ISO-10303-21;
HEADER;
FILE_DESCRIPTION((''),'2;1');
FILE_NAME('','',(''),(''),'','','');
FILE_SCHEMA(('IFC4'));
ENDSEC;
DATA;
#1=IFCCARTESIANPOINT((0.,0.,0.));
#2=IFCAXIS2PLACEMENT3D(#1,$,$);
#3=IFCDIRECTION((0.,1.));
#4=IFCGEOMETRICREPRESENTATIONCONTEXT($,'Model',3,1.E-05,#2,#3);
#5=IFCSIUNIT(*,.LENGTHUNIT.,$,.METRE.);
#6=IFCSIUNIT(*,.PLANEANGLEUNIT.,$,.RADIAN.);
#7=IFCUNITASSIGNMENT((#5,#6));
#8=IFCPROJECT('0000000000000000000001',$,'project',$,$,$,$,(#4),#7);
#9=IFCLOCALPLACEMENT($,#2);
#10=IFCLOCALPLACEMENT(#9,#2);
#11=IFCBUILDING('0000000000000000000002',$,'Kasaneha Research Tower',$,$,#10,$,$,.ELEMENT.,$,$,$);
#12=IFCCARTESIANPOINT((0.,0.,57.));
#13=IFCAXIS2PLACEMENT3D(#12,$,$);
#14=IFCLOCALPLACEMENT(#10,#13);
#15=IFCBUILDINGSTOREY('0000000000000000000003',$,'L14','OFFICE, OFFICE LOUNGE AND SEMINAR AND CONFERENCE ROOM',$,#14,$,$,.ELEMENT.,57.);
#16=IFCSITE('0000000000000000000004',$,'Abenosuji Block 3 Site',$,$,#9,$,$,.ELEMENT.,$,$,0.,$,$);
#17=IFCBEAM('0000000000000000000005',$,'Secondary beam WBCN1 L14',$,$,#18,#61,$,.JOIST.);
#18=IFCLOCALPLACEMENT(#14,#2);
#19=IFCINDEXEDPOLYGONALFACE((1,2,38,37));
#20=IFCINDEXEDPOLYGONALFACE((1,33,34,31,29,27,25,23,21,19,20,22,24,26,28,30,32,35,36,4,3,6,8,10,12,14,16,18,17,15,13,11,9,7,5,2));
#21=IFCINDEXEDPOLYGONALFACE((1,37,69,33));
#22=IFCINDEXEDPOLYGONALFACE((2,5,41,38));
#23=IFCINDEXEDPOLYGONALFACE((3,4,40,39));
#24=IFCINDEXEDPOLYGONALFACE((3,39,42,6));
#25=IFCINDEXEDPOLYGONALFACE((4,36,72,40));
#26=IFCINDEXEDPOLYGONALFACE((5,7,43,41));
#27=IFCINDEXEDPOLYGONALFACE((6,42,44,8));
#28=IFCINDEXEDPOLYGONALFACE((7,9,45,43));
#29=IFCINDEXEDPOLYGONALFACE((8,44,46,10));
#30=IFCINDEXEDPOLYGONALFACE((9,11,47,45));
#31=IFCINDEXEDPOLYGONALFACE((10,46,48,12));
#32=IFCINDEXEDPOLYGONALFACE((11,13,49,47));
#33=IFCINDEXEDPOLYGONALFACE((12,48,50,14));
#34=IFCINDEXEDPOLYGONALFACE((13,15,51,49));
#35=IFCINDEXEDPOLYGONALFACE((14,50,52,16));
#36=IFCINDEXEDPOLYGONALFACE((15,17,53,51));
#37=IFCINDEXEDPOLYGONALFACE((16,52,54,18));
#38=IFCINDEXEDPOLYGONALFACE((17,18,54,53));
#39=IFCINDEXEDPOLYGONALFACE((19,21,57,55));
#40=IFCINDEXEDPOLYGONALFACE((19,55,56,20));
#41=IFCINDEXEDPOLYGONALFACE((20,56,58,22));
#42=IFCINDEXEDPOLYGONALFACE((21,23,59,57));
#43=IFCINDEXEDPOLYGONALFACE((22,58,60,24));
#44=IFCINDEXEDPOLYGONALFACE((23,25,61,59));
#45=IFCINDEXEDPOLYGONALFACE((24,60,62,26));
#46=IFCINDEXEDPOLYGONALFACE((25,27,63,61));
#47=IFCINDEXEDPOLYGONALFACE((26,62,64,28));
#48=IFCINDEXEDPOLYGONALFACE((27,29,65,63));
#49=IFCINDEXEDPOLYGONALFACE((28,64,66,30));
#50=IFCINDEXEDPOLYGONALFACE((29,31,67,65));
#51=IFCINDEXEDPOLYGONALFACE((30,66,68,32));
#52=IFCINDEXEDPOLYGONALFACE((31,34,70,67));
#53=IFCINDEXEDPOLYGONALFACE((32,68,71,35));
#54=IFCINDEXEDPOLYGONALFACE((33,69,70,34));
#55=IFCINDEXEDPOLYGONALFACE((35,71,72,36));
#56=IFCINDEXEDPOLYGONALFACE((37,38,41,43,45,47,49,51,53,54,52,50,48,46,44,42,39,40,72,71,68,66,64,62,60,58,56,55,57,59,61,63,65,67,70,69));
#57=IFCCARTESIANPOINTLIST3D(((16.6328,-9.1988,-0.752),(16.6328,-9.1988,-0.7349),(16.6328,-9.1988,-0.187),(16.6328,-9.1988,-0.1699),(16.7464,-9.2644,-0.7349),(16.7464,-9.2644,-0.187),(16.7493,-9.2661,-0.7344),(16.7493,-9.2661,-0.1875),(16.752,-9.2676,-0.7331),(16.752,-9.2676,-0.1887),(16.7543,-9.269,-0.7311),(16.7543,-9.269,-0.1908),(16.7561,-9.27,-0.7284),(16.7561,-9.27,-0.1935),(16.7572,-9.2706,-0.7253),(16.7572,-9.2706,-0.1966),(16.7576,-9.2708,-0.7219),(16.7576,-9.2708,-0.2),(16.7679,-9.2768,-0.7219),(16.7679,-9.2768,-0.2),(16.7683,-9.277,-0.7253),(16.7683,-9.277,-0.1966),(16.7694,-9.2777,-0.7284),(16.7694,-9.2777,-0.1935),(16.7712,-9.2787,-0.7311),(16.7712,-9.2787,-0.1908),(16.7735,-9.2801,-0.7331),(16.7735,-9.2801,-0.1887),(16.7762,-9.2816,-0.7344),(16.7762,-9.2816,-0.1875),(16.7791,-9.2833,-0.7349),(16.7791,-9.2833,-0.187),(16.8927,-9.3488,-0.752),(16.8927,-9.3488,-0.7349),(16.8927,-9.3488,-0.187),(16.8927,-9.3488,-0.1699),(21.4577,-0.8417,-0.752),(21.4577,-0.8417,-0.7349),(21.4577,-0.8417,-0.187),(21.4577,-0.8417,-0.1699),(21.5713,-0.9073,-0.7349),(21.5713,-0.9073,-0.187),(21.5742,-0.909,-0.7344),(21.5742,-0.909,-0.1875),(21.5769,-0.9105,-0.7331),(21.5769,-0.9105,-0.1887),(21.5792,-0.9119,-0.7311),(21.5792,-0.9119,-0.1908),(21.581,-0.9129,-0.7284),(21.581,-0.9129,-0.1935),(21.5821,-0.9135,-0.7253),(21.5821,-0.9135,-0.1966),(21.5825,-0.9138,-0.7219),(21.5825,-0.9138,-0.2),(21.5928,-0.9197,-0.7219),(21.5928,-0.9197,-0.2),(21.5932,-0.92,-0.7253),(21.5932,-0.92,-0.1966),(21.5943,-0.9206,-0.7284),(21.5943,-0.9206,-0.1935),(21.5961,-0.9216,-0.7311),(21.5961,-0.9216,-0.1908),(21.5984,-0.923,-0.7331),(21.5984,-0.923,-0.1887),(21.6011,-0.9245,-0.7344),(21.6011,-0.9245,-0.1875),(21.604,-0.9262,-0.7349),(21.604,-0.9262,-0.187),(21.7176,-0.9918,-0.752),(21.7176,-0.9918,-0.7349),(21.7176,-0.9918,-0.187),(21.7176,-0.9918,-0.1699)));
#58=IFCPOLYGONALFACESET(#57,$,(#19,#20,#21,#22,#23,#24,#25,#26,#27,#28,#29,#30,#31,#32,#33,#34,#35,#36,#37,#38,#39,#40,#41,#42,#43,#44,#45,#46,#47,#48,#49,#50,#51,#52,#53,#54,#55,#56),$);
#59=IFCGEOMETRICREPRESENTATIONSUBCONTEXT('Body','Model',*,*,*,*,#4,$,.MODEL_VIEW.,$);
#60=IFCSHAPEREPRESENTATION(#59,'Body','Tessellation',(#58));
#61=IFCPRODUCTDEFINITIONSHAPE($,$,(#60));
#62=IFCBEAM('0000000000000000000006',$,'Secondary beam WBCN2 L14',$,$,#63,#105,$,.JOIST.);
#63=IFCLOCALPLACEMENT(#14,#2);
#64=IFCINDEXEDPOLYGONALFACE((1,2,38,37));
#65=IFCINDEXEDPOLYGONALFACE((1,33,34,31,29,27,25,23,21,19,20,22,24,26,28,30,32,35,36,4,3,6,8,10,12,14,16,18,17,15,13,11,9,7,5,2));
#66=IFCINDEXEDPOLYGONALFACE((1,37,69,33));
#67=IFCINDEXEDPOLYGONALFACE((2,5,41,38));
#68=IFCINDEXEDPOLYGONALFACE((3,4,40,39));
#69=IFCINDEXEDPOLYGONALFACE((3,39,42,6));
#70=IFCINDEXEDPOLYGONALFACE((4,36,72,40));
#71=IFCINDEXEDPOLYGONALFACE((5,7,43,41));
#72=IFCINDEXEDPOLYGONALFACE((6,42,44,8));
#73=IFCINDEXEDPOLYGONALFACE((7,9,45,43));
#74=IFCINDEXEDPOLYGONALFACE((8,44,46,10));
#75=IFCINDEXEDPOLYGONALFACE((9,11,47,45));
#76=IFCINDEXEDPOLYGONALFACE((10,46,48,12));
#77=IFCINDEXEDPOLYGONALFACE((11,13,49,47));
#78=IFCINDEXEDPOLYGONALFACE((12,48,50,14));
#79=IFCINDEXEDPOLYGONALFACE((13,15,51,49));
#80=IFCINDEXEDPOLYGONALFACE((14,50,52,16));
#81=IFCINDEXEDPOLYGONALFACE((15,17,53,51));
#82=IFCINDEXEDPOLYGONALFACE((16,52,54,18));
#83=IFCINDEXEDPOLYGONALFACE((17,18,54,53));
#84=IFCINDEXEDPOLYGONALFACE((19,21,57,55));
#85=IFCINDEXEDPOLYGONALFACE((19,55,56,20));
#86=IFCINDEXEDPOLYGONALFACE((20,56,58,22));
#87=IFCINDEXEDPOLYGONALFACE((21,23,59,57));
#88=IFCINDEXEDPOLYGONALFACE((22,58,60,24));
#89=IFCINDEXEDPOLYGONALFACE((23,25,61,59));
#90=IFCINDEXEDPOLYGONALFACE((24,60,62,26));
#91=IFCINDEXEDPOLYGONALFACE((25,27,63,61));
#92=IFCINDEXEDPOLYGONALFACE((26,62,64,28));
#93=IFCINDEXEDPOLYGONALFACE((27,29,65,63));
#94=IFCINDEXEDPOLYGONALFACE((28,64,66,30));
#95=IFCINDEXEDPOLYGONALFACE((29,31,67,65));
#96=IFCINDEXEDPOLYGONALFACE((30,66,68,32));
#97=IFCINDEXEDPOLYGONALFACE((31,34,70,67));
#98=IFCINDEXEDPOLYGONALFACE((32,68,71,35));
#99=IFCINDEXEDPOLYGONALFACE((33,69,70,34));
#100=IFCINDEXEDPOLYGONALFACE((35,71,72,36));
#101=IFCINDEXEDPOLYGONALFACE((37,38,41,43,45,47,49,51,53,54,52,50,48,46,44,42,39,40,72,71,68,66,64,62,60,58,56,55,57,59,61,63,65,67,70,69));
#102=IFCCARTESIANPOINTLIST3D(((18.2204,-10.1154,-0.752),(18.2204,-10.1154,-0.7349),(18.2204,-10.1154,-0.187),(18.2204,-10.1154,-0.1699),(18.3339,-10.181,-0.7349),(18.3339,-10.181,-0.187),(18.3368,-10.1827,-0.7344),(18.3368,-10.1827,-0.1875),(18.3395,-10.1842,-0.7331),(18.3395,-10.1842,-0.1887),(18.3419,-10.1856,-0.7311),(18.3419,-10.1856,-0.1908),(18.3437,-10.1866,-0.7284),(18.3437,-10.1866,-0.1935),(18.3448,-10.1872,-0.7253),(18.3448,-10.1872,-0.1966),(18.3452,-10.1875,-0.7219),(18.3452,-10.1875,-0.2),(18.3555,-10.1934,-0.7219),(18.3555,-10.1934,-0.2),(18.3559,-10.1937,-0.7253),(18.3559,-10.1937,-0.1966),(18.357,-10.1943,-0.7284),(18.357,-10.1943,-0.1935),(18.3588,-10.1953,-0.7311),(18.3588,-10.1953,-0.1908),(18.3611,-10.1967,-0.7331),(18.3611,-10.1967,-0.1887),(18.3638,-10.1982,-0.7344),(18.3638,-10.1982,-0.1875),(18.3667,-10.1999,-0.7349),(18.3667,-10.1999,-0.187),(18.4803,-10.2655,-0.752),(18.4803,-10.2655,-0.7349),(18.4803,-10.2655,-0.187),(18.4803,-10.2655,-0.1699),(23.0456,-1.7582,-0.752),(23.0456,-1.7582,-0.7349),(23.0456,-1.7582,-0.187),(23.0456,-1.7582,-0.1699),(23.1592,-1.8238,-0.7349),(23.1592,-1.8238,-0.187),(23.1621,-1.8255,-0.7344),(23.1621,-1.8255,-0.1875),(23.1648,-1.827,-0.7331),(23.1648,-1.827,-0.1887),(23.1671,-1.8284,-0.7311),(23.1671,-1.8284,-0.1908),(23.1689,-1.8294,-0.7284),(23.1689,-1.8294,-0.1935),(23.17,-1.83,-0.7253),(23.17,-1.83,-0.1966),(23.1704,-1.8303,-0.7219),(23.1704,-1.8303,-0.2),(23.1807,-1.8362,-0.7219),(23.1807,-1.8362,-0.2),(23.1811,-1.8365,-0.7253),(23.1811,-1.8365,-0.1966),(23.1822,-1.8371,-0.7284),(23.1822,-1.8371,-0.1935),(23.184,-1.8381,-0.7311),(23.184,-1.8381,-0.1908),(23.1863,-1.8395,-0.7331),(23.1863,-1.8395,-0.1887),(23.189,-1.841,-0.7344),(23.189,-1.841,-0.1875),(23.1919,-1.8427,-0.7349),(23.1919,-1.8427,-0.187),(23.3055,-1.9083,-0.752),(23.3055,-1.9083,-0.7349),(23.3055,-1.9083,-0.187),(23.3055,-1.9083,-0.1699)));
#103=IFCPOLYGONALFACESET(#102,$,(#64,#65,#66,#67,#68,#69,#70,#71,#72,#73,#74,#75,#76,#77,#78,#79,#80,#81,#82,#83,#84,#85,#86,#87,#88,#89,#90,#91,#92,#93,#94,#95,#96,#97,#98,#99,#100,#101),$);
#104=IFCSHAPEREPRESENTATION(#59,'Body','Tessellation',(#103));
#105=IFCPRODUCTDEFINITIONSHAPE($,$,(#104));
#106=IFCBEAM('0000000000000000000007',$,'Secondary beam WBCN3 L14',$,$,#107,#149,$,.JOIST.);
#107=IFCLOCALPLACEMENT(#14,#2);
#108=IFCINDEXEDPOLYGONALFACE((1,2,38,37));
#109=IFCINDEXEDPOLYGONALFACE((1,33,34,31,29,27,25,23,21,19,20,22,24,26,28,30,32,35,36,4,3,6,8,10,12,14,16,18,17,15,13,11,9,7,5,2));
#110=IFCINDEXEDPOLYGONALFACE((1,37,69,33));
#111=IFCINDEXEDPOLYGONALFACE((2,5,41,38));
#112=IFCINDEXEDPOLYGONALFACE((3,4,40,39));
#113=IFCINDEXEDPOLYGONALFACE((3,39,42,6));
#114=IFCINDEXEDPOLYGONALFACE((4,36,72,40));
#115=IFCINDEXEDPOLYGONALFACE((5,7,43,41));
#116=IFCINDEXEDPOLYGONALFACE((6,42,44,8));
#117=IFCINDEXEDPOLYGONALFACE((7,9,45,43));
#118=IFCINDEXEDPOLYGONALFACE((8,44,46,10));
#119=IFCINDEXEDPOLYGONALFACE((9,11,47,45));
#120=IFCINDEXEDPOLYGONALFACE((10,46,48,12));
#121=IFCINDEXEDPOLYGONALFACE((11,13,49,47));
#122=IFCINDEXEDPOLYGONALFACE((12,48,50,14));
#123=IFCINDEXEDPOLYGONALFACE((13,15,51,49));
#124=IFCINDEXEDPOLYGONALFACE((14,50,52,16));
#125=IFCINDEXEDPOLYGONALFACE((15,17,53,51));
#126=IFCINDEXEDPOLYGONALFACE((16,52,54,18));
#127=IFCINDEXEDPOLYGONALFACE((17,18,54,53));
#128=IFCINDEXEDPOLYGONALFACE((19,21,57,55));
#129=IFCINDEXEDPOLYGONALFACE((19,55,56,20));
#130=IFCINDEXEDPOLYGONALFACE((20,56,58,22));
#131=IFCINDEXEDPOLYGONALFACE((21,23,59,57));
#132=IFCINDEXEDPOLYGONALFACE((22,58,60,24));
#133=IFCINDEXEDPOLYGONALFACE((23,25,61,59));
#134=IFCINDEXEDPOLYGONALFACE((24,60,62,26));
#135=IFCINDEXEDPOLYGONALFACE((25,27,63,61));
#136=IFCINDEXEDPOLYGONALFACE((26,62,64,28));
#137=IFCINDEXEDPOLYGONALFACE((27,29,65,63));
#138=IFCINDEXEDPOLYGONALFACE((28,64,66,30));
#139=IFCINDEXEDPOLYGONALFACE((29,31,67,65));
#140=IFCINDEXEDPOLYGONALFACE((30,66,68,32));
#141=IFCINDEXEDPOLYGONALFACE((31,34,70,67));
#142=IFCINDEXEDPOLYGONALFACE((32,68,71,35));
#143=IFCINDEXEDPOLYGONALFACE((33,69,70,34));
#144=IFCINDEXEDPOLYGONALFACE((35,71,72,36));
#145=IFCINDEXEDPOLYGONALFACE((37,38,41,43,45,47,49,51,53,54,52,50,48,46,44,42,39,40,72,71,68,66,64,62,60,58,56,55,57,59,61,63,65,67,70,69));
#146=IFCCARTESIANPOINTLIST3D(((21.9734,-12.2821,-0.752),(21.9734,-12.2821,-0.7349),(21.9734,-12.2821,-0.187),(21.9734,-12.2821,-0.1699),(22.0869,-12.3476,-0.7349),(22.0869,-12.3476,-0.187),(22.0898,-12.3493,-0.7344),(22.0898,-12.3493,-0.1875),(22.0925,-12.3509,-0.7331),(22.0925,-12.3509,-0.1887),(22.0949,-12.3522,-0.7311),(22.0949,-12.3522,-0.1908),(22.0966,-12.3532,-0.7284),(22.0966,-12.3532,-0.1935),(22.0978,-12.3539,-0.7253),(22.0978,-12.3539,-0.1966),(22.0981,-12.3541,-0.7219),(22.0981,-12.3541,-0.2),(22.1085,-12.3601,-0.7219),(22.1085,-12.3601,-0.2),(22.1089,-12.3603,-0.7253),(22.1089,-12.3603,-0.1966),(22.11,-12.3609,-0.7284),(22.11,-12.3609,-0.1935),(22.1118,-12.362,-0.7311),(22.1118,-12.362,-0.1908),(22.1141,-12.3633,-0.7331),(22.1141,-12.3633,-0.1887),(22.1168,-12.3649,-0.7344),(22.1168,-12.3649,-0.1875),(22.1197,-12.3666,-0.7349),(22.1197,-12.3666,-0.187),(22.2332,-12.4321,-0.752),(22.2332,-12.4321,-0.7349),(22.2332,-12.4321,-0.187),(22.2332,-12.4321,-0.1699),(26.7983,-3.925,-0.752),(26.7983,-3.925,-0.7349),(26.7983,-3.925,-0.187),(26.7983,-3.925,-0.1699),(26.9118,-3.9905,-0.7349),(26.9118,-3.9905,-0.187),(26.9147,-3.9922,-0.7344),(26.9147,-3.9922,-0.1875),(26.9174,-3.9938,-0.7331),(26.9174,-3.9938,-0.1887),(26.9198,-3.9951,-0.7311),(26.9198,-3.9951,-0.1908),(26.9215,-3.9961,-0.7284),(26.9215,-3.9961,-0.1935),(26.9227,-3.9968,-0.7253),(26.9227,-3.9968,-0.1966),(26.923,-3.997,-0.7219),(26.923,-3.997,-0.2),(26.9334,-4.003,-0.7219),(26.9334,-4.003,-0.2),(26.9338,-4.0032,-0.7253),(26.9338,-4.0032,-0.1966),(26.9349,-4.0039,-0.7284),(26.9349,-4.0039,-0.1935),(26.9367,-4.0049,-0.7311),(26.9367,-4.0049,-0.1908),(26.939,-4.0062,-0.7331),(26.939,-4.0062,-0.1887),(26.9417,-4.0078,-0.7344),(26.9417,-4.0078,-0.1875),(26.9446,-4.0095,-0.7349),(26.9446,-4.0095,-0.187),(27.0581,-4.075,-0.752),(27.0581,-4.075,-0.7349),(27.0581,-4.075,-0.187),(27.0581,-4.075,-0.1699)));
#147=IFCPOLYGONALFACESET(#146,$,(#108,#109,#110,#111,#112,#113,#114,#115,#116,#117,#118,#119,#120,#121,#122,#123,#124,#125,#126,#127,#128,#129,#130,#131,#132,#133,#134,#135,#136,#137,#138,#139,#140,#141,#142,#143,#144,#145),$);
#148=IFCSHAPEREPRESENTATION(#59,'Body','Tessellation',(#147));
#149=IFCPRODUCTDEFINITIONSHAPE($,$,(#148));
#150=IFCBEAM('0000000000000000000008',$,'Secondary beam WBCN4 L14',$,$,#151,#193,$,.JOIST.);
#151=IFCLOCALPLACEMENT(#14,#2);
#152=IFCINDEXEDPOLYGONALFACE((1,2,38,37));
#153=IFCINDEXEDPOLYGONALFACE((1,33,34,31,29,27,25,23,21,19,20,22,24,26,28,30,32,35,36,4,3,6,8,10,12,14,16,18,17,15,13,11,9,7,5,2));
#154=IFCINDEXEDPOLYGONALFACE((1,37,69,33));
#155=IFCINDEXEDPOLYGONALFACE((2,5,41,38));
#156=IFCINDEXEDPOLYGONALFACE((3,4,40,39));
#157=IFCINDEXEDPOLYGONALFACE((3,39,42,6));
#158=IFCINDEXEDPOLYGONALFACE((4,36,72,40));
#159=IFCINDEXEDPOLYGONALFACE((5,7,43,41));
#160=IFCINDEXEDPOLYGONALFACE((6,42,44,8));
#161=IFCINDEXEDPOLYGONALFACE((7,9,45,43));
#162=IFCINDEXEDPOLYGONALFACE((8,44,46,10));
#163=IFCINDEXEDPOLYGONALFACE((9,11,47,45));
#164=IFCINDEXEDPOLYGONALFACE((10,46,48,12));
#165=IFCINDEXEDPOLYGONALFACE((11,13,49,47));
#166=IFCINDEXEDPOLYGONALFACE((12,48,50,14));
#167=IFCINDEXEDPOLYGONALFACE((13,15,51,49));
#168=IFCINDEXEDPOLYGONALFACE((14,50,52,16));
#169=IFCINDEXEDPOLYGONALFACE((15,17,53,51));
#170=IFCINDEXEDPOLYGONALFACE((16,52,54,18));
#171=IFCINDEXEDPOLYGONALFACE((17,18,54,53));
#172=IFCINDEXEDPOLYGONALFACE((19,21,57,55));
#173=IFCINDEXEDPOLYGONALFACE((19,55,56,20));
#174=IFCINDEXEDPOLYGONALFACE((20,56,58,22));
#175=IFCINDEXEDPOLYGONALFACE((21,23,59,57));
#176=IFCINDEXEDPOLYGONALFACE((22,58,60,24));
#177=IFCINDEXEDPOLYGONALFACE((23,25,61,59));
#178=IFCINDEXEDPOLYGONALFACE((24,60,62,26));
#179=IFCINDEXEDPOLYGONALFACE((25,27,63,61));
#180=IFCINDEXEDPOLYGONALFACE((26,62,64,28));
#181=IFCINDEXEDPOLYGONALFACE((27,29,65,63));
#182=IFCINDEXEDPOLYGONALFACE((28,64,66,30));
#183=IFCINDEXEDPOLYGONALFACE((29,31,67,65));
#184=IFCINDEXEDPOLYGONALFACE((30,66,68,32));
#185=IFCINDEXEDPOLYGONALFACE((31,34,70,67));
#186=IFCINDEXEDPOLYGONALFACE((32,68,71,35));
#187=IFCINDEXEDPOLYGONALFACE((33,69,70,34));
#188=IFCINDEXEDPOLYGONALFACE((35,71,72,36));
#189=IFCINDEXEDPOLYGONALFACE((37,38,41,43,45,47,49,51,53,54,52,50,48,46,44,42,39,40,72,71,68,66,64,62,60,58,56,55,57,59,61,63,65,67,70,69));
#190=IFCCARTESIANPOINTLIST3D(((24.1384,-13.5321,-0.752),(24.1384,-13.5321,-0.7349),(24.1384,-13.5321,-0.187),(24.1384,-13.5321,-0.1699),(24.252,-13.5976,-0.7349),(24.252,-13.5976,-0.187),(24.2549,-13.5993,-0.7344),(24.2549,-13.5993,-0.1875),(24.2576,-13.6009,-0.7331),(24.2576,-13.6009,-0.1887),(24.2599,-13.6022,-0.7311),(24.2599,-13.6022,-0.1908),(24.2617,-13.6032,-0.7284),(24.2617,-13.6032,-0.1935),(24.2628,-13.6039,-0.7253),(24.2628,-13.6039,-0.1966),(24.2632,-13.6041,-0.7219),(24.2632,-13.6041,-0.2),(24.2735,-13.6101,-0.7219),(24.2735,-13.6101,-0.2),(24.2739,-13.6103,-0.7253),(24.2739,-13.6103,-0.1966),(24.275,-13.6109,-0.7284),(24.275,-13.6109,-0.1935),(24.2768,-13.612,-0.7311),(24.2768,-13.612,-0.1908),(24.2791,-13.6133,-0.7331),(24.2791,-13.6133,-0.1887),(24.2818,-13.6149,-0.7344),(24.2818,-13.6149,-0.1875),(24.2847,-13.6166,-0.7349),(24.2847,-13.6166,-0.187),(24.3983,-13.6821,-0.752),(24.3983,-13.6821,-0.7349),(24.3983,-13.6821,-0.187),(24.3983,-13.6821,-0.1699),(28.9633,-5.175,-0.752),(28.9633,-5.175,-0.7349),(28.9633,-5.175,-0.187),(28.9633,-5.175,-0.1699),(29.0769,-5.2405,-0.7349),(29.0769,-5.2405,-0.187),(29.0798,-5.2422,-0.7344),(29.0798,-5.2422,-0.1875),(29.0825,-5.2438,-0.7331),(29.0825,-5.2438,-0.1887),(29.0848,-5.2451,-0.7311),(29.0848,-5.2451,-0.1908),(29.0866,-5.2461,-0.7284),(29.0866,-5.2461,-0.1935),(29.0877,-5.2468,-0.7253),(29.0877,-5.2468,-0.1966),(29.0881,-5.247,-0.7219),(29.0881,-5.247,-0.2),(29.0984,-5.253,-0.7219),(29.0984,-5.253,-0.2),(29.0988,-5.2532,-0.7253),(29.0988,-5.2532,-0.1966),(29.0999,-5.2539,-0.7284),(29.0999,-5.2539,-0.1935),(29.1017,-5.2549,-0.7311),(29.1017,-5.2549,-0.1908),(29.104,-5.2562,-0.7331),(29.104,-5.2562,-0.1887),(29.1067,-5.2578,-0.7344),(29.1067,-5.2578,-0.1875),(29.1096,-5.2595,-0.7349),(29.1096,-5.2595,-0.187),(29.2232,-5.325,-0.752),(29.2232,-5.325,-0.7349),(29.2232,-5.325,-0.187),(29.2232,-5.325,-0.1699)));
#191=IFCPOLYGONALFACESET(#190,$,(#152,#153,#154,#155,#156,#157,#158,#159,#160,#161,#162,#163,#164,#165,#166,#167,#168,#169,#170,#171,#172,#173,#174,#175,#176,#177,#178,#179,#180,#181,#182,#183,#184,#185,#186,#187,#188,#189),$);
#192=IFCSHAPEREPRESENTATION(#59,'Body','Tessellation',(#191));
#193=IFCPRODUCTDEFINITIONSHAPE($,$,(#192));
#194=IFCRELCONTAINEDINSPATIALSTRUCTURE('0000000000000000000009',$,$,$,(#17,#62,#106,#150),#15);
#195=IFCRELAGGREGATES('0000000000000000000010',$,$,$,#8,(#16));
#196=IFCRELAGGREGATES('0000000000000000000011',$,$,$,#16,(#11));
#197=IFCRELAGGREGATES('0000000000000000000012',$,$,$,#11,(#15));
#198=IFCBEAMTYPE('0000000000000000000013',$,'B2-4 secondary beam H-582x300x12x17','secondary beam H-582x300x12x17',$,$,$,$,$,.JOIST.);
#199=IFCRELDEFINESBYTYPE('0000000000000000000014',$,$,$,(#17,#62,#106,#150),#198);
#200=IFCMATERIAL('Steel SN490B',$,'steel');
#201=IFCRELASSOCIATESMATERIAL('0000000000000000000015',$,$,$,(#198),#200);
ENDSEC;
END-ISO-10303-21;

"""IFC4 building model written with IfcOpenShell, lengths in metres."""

from ifc_helpers import new_model, si_unit, direction, frame, origin, origin_2d, place, context, subcontext, project, spatial, i_section, extrude, material, material_profile, profile_set, type_object, element, save


model = new_model("IFC4")

# Units and contexts
model_context = context("Model", 3, precision=1e-05, world=origin(), true_north=direction((0.0, 1.0)))
body_context = subcontext(model_context, "Body", "Model", "MODEL_VIEW")
ifc_project = project(units=[si_unit("LENGTHUNIT", "METRE"), si_unit("PLANEANGLEUNIT", "RADIAN")], contexts=[model_context])

# Site, building, storey
site_placement = place(None, origin())
site = spatial("IfcSite", under=ifc_project, at=site_placement, Name="Abenosuji Block 3 Site", CompositionType="ELEMENT", RefElevation=0.0)
building_placement = place(site_placement, origin())
building = spatial("IfcBuilding", under=site, at=building_placement, Name="Kasaneha Research Tower", CompositionType="ELEMENT")
storey_placement = place(building_placement, frame((0.0, 0.0, 57.0)))
storey = spatial("IfcBuildingStorey", under=building, at=storey_placement, Name="L14", Description="OFFICE, OFFICE LOUNGE AND SEMINAR AND CONFERENCE ROOM", CompositionType="ELEMENT", Elevation=57.0)

# Beams
ifc_material_1 = material(Name="Steel SN490B", Category="steel")
ifc_material_profile_1 = material_profile(ifc_material_1, i_section(OverallWidth=0.3, OverallDepth=0.582, WebThickness=0.012, FlangeThickness=0.0171, FilletRadius=0.0129, at=origin_2d()), Name="H-582x300x12x17")
ifc_profile_set_1 = profile_set([ifc_material_profile_1], Name="Steel SN490B")
beam_type_1 = type_object("IfcBeamType", Name="B2-4 secondary beam H-582x300x12x17", Description="secondary beam H-582x300x12x17", PredefinedType="JOIST", material=ifc_profile_set_1)
for number, where, z_axis, x_axis, name in (
    (1, (21.5876, -0.9167, -0.4609), (-0.499995, -0.866028, 0.0), (0.866028, -0.499995, 0.0), "Secondary beam WBCN1 L14"),
):
    element("IfcBeam", number, at=place(storey_placement, frame(where, z_axis=z_axis, x_axis=x_axis)), inside=storey, type_object=beam_type_1, Name=name, PredefinedType="JOIST", context=body_context, shape_type="SweptSolid", body=[
        extrude(i_section(OverallWidth=0.3, OverallDepth=0.582, WebThickness=0.012, FlangeThickness=0.0171, FilletRadius=0.0129, at=origin_2d()), origin(), (0.0, 0.0, 1.0), 9.6499),
    ])
beam_1_placement = place(storey_placement, frame((23.1755, -1.8333, -0.4609), z_axis=(-0.500014, -0.866017, 0.0), x_axis=(0.866017, -0.500014, 0.0)))
element("IfcBeam", 2, at=beam_1_placement, inside=storey, type_object=beam_type_1, Name="Secondary beam WBCN2 L14", PredefinedType="JOIST", context=body_context, shape_type="SweptSolid", body=[
    extrude(i_section(OverallWidth=0.3, OverallDepth=0.582, WebThickness=0.012, FlangeThickness=0.0171, FilletRadius=0.0129, at=origin_2d()), origin(), (0.0, 0.0, 1.0), 9.6501),
])
for number, where, z_axis, x_axis, name in (
    (3, (26.9282, -4.0, -0.4609), (-0.499995, -0.866028, 0.0), (0.866028, -0.499995, 0.0), "Secondary beam WBCN3 L14"),
    (4, (29.0933, -5.25, -0.4609), (-0.499995, -0.866028, 0.0), (0.866028, -0.499995, 0.0), "Secondary beam WBCN4 L14"),
):
    element("IfcBeam", number, at=place(storey_placement, frame(where, z_axis=z_axis, x_axis=x_axis)), inside=storey, type_object=beam_type_1, Name=name, PredefinedType="JOIST", context=body_context, shape_type="SweptSolid", body=[
        extrude(i_section(OverallWidth=0.3, OverallDepth=0.582, WebThickness=0.012, FlangeThickness=0.0171, FilletRadius=0.0129, at=origin_2d()), origin(), (0.0, 0.0, 1.0), 9.6499),
    ])

save(model, "model.ifc")
